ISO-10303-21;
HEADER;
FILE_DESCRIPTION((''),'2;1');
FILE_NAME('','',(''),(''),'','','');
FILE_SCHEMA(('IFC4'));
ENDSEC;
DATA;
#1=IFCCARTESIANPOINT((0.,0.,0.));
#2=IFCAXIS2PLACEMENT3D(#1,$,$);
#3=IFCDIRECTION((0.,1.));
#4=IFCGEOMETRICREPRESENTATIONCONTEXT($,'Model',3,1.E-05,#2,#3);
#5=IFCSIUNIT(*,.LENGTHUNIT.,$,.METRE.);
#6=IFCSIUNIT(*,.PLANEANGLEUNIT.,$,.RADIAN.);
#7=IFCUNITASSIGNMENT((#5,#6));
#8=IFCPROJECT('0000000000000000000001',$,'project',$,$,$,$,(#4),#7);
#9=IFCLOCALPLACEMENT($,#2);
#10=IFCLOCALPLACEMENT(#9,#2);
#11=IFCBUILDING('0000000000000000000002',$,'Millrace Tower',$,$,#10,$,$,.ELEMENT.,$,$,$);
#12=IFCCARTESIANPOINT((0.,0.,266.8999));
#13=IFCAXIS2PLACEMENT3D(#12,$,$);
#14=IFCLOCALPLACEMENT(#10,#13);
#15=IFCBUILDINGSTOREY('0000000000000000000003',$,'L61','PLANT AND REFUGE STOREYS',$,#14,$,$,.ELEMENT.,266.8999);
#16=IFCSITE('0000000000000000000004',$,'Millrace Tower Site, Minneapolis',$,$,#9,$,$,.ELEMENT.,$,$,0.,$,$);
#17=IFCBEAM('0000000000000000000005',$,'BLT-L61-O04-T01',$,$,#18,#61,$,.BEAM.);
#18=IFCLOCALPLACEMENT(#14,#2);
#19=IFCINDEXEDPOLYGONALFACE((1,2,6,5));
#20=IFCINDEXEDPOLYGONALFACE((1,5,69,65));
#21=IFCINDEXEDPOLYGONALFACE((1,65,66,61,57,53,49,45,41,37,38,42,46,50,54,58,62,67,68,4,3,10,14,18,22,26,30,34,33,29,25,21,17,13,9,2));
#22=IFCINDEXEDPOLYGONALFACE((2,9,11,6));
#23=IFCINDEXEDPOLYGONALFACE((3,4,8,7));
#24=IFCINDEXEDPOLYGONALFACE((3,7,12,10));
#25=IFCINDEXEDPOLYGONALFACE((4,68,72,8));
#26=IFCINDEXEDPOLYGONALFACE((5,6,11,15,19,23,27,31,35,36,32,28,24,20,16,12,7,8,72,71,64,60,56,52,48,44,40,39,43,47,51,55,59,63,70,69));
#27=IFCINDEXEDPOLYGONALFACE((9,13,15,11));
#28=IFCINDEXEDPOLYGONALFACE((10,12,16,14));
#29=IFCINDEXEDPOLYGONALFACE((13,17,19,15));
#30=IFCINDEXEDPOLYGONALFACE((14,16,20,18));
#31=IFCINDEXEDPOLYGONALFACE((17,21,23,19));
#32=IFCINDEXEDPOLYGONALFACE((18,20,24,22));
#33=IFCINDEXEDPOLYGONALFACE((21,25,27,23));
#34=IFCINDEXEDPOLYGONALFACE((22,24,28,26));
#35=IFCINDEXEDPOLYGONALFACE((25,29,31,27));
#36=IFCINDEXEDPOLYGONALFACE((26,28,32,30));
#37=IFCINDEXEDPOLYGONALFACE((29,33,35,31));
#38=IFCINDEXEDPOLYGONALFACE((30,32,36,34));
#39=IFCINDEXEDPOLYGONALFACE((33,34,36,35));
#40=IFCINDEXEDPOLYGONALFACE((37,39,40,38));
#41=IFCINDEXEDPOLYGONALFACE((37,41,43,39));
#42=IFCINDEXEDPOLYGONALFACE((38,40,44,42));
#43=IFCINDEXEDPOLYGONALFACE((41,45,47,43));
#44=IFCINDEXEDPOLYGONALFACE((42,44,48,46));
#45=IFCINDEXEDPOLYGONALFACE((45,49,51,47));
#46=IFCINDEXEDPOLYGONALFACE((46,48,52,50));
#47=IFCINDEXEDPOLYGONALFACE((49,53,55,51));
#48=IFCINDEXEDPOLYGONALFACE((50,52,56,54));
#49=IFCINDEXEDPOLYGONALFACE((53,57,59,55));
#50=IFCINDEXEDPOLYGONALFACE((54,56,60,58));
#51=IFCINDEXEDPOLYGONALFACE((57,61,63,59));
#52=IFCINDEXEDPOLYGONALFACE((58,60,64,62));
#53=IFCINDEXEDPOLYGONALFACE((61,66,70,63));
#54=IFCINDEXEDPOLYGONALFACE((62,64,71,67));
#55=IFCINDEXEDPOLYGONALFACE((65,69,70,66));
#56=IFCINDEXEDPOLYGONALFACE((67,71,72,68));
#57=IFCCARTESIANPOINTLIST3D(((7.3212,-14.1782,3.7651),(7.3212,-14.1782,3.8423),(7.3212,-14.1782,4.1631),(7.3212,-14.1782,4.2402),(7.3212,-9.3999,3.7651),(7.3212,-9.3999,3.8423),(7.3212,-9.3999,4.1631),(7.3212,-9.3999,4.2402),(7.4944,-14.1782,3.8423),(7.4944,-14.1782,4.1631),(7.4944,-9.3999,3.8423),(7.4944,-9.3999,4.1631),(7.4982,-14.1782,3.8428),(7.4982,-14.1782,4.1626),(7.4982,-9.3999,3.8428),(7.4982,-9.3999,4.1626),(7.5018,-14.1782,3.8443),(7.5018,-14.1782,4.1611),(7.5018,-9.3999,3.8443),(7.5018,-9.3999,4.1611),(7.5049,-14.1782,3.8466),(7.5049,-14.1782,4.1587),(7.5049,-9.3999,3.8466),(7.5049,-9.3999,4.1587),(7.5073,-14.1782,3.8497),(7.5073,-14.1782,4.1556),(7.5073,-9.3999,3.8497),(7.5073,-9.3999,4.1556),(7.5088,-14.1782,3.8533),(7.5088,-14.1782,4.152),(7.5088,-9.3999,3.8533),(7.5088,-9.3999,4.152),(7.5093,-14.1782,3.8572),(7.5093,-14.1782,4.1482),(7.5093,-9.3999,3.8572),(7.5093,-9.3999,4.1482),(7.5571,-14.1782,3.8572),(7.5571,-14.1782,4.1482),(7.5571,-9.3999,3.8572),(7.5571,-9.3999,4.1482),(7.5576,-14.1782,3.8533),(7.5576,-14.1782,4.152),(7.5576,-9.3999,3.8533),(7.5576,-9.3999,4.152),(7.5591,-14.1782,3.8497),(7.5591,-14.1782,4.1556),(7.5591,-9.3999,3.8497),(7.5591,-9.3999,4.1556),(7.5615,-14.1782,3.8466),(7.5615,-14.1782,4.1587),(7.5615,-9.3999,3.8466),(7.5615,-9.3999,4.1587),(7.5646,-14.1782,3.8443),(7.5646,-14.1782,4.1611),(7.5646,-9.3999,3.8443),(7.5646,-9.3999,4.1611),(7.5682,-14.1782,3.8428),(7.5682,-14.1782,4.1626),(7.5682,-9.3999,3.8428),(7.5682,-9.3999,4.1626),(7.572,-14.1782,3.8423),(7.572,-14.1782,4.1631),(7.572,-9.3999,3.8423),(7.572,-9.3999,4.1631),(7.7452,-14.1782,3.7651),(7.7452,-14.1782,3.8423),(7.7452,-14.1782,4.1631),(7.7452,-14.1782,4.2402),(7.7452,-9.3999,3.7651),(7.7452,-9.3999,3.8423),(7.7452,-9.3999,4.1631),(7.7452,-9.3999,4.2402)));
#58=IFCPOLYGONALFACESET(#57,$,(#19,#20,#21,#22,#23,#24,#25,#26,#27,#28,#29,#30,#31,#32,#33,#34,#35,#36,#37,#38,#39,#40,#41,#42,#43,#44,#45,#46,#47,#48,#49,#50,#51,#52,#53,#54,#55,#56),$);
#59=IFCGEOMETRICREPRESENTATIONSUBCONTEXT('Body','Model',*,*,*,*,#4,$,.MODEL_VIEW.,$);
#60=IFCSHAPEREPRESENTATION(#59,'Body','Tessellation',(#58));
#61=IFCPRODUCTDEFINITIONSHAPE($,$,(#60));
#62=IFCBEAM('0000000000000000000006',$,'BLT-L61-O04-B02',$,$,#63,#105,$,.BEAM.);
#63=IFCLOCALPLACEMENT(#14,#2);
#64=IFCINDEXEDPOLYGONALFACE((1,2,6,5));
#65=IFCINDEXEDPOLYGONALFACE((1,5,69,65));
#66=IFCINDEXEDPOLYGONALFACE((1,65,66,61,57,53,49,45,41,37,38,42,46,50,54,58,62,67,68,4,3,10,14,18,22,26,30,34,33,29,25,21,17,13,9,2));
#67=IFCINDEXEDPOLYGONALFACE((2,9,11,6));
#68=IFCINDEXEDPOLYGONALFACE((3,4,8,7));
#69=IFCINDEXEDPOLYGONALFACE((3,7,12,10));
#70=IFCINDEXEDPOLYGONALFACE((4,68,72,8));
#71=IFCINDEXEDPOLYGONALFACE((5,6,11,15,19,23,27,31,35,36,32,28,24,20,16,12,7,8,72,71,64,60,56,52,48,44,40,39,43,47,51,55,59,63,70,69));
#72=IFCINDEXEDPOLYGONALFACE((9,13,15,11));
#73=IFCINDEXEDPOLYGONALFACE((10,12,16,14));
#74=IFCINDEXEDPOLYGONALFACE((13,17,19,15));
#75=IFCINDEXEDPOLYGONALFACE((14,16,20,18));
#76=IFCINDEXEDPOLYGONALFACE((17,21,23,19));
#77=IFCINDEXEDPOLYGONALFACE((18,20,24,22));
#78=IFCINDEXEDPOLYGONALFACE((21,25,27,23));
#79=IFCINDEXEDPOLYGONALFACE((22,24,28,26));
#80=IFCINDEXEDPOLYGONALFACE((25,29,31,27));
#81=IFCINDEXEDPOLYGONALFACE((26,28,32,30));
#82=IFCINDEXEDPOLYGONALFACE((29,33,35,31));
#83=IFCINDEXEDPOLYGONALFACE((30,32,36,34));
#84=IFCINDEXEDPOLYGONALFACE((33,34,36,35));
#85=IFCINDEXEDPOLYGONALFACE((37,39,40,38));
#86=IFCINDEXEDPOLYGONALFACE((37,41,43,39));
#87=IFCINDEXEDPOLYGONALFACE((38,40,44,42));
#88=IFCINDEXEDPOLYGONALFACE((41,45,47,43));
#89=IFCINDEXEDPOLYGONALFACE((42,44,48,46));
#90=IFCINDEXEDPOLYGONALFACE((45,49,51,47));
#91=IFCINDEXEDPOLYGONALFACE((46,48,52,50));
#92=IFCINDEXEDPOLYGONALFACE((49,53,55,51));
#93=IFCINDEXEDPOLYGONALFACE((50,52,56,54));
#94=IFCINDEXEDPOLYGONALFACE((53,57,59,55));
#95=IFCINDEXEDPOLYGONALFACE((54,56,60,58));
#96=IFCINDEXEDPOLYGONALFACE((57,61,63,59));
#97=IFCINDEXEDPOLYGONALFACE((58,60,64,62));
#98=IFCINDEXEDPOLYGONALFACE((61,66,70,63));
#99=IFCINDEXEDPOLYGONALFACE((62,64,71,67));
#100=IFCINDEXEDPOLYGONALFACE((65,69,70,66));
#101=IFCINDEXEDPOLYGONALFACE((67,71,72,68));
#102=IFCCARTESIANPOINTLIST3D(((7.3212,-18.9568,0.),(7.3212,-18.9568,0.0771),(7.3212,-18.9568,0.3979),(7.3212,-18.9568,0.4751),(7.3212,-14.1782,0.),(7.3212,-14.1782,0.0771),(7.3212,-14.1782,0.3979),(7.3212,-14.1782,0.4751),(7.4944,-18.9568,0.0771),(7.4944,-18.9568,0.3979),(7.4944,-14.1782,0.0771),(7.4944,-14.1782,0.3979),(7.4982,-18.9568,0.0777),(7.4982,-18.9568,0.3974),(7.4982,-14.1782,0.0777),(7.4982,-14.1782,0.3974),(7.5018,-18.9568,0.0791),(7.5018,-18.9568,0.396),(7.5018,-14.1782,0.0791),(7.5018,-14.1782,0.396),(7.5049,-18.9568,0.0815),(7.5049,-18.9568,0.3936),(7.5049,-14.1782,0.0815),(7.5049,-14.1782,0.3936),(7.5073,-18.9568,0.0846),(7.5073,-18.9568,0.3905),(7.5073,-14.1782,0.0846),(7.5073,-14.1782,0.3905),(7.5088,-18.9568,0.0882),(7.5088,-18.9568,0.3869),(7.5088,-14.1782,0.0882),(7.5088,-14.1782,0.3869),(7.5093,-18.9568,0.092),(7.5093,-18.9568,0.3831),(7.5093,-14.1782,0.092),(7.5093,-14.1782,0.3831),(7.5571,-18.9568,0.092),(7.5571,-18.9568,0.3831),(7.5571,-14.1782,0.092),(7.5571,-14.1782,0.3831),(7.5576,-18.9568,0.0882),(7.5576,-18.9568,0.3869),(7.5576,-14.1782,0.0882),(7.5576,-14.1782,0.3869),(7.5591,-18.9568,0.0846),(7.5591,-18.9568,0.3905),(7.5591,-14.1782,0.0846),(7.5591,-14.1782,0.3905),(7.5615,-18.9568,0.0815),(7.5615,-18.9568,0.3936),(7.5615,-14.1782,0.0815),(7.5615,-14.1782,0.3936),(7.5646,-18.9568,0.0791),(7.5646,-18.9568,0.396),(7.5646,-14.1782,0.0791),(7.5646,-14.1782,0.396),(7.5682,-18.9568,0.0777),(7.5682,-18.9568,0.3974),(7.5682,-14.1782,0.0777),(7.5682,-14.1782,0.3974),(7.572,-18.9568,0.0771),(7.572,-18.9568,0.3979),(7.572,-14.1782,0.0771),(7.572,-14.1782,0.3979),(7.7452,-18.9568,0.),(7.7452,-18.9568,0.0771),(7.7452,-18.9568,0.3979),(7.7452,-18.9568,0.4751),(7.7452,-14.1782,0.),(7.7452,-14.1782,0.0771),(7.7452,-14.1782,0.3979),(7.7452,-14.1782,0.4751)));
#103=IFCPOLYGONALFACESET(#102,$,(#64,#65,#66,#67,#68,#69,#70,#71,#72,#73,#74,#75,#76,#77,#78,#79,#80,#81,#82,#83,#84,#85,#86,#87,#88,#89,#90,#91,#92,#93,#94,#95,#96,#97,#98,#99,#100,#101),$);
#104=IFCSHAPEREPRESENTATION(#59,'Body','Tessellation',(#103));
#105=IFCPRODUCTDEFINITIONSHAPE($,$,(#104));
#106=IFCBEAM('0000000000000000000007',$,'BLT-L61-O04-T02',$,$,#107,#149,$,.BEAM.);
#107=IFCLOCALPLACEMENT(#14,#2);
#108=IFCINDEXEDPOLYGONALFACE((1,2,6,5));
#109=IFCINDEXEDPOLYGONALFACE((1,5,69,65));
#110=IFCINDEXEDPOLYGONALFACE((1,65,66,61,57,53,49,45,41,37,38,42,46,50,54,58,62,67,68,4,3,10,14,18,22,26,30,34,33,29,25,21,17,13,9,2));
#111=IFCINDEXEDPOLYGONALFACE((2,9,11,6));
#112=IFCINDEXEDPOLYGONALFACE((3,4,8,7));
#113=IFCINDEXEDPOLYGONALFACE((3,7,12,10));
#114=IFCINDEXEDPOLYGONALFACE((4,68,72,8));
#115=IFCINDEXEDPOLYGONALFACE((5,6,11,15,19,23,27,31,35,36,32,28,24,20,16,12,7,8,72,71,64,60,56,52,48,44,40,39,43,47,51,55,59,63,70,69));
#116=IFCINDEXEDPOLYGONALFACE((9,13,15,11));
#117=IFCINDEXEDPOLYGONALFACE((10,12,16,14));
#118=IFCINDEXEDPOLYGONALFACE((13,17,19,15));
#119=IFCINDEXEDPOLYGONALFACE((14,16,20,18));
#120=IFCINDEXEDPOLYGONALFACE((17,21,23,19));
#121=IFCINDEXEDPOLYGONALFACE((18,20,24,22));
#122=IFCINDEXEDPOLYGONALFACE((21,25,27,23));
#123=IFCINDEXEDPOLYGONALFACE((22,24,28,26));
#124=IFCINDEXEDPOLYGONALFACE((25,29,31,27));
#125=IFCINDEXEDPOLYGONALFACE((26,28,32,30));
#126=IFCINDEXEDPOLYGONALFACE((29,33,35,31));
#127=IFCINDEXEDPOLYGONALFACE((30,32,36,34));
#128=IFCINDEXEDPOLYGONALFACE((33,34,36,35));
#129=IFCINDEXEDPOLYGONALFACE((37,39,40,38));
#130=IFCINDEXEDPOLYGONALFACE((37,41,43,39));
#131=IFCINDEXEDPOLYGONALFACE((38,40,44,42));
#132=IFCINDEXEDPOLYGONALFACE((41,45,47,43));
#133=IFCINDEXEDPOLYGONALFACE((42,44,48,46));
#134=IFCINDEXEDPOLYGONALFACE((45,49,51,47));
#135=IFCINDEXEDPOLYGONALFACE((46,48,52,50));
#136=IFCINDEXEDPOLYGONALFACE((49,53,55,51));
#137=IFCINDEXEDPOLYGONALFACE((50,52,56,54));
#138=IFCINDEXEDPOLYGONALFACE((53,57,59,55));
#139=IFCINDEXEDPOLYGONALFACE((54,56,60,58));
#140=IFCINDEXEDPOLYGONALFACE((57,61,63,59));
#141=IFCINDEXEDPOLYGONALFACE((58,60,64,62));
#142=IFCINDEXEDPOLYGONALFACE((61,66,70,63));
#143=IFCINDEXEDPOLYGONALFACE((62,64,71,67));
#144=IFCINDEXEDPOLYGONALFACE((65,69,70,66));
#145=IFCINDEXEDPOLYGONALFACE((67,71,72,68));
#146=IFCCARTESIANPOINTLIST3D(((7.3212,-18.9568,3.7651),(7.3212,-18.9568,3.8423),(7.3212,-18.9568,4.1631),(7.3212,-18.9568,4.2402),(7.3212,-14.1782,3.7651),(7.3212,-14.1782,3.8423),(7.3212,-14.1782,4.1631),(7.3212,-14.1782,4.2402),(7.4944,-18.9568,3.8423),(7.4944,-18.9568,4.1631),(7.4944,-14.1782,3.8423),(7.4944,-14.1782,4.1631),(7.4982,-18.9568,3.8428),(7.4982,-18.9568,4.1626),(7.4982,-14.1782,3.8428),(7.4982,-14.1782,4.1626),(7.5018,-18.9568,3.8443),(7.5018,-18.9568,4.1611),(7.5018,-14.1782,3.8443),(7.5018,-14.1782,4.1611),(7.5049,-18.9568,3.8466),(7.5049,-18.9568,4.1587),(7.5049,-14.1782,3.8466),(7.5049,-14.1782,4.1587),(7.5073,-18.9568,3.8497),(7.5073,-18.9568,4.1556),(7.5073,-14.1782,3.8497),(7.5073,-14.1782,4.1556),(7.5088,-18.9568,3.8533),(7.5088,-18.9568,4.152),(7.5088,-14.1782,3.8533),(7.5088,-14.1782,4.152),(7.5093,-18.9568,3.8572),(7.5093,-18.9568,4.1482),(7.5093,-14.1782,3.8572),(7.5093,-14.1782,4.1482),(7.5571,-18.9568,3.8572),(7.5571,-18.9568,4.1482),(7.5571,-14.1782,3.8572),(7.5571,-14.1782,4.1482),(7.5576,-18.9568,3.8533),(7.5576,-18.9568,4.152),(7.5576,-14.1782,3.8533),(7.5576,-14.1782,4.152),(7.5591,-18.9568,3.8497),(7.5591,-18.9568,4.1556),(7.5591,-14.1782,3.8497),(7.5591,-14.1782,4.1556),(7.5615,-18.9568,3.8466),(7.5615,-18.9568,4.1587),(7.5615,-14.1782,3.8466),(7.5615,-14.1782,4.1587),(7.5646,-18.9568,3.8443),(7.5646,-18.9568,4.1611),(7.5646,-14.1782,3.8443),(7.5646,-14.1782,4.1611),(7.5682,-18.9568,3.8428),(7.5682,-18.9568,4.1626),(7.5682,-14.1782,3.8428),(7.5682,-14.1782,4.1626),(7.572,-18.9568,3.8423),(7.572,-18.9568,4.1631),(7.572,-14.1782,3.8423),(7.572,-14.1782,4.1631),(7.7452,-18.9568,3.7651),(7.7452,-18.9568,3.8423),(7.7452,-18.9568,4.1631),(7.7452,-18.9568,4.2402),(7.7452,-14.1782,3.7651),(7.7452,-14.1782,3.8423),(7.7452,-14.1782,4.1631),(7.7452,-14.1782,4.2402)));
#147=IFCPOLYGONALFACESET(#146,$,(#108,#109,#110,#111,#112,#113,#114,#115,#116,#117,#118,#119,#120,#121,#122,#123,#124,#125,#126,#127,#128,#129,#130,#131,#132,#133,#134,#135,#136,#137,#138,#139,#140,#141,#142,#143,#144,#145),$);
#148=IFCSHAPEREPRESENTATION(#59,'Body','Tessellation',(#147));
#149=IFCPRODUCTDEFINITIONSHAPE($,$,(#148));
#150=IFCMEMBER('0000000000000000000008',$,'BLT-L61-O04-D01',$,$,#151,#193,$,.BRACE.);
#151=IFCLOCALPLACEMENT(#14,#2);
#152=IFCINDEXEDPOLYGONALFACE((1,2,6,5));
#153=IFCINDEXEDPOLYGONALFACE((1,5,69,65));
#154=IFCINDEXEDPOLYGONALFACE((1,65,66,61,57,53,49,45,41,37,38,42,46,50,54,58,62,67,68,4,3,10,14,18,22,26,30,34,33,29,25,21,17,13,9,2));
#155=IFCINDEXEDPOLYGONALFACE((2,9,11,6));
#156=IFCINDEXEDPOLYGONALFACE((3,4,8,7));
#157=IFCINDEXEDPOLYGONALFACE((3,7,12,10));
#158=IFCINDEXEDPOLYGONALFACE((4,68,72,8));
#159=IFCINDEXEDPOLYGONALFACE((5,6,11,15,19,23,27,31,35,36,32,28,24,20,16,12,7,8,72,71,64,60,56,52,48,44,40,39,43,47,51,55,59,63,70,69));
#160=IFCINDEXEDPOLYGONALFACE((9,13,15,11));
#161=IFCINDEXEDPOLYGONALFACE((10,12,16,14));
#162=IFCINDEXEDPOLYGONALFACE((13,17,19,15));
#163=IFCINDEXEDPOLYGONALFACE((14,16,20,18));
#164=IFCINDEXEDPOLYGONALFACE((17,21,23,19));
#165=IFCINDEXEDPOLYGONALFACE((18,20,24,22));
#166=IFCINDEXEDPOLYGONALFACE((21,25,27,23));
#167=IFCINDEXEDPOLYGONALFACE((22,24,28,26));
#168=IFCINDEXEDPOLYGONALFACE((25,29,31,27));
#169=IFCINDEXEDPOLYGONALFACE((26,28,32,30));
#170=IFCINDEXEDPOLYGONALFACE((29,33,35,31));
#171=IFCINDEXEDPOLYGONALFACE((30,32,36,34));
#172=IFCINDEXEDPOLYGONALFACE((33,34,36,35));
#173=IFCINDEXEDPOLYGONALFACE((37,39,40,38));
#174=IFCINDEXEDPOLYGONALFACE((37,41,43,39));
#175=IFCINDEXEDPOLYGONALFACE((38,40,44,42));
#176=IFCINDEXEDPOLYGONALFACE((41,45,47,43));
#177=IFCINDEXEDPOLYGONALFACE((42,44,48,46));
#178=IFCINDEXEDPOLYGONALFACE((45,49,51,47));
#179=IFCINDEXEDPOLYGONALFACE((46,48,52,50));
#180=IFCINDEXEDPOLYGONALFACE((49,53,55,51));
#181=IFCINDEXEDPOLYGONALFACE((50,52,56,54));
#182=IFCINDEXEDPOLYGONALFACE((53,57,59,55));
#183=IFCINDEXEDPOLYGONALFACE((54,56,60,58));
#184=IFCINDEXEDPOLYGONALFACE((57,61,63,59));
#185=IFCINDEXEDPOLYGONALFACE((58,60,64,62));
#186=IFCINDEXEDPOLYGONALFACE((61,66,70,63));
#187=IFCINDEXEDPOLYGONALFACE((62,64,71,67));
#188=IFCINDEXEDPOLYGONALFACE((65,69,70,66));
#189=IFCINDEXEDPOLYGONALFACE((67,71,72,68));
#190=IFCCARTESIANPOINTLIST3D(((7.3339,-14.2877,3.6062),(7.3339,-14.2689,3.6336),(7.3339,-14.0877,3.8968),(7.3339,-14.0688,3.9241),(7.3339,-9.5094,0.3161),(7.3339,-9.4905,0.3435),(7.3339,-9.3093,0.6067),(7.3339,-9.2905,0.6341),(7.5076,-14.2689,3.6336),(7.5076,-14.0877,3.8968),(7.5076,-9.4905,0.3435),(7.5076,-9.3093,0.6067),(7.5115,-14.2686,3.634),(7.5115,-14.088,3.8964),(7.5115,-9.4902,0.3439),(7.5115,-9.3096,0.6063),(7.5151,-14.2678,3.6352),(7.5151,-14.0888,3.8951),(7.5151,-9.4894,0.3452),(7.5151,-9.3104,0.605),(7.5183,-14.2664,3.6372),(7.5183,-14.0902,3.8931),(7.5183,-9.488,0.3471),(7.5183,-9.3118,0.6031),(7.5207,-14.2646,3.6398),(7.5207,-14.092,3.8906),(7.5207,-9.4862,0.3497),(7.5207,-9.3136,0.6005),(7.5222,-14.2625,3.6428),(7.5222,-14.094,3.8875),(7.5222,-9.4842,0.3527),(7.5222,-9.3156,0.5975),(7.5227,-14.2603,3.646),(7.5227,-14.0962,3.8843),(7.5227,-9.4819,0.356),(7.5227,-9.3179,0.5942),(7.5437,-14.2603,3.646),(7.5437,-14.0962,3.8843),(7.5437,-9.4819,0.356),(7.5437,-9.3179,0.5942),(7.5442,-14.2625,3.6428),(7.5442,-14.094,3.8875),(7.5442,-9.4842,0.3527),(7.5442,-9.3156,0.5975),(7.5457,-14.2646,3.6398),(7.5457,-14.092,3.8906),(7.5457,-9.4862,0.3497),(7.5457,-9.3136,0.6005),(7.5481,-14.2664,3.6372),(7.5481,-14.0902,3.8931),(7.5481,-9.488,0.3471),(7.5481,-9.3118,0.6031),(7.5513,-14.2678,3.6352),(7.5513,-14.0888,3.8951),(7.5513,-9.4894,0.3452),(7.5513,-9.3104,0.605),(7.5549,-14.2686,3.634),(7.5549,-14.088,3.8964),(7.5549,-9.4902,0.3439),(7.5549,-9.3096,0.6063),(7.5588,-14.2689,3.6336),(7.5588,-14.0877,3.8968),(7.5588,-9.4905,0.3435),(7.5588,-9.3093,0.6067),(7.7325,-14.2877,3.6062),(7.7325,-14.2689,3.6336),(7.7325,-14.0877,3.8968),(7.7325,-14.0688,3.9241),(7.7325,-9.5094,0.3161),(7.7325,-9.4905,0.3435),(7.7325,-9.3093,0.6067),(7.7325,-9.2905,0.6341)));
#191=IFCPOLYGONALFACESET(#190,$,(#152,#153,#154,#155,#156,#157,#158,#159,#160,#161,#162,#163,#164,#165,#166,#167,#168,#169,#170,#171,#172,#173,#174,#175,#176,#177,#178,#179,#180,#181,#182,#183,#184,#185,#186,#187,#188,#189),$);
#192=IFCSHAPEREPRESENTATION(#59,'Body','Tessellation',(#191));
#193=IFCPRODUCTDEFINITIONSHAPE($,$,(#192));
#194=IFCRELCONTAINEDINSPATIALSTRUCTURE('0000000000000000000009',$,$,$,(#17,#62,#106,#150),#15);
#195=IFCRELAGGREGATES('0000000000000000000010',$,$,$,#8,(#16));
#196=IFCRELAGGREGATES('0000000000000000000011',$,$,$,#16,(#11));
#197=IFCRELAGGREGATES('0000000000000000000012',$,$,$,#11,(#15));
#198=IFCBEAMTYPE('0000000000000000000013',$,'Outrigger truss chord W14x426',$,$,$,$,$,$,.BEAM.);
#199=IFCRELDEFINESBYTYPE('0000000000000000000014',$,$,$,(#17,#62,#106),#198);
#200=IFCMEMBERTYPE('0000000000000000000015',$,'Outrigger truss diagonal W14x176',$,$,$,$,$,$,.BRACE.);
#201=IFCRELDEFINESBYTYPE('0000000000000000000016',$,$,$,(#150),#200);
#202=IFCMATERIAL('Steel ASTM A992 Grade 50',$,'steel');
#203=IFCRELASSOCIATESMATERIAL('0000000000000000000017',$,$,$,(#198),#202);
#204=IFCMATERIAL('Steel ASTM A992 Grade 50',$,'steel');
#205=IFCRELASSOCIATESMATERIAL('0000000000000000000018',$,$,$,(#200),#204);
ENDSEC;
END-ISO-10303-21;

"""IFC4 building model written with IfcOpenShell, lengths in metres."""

from ifc_helpers import new_model, si_unit, direction, frame, origin, origin_2d, place, context, subcontext, project, spatial, i_section, extrude, material, material_profile, profile_set, type_object, element, save


model = new_model("IFC4")

# Units and contexts
model_context = context("Model", 3, precision=1e-05, world=origin(), true_north=direction((0.0, 1.0)))
body_context = subcontext(model_context, "Body", "Model", "MODEL_VIEW")
ifc_project = project(units=[si_unit("LENGTHUNIT", "METRE"), si_unit("PLANEANGLEUNIT", "RADIAN")], contexts=[model_context])

# Site, building, storey
site_placement = place(None, origin())
site = spatial("IfcSite", under=ifc_project, at=site_placement, Name="Millrace Tower Site, Minneapolis", CompositionType="ELEMENT", RefElevation=0.0)
building_placement = place(site_placement, origin())
building = spatial("IfcBuilding", under=site, at=building_placement, Name="Millrace Tower", CompositionType="ELEMENT")
storey_placement = place(building_placement, frame((0.0, 0.0, 266.8999)))
storey = spatial("IfcBuildingStorey", under=building, at=storey_placement, Name="L61", Description="PLANT AND REFUGE STOREYS", CompositionType="ELEMENT", Elevation=266.8999)

# Beams
ifc_material_1 = material(Name="Steel ASTM A992 Grade 50", Category="steel")
ifc_material_profile_1 = material_profile(ifc_material_1, i_section(OverallWidth=0.4241, OverallDepth=0.4751, WebThickness=0.0479, FlangeThickness=0.0771, FilletRadius=0.0149, at=origin_2d()))
ifc_profile_set_1 = profile_set([ifc_material_profile_1], Name="Steel ASTM A992 Grade 50")
beam_type_1 = type_object("IfcBeamType", Name="Outrigger truss chord W14x426", PredefinedType="BEAM", material=ifc_profile_set_1)
for number, where, z_axis, x_axis, name in (
    (1, (7.5332, -9.3999, 4.0027), (0.0, -1.0, 0.0), (1.0, 0.0, 0.0), "BLT-L61-O04-T01"),
):
    element("IfcBeam", number, at=place(storey_placement, frame(where, z_axis=z_axis, x_axis=x_axis)), inside=storey, type_object=beam_type_1, Name=name, PredefinedType="BEAM", context=body_context, shape_type="SweptSolid", body=[
        extrude(i_section(OverallWidth=0.4241, OverallDepth=0.4751, WebThickness=0.0479, FlangeThickness=0.0771, FilletRadius=0.0149, at=origin_2d()), origin(), (0.0, 0.0, 1.0), 4.7783),
    ])
for number, where, z_axis, x_axis, name in (
    (2, (7.5332, -14.1782, 0.2375), (0.0, -1.0, 0.0), (1.0, 0.0, 0.0), "BLT-L61-O04-B02"),
    (3, (7.5332, -14.1782, 4.0027), (0.0, -1.0, 0.0), (1.0, 0.0, 0.0), "BLT-L61-O04-T02"),
):
    element("IfcBeam", number, at=place(storey_placement, frame(where, z_axis=z_axis, x_axis=x_axis)), inside=storey, type_object=beam_type_1, Name=name, PredefinedType="BEAM", context=body_context, shape_type="SweptSolid", body=[
        extrude(i_section(OverallWidth=0.4241, OverallDepth=0.4751, WebThickness=0.0479, FlangeThickness=0.0771, FilletRadius=0.0149, at=origin_2d()), origin(), (0.0, 0.0, 1.0), 4.7786),
    ])

# Member
ifc_material_2 = material(Name="Steel ASTM A992 Grade 50", Category="steel")
ifc_material_profile_2 = material_profile(ifc_material_2, i_section(OverallWidth=0.3987, OverallDepth=0.386, WebThickness=0.021, FlangeThickness=0.0332, FilletRadius=0.0151, at=origin_2d()))
ifc_profile_set_2 = profile_set([ifc_material_profile_2], Name="Steel ASTM A992 Grade 50")
member_type_1 = type_object("IfcMemberType", Name="Outrigger truss diagonal W14x176", PredefinedType="BRACE", material=ifc_profile_set_2)
member_placement = place(storey_placement, frame((7.5332, -9.3999, 0.4751), z_axis=(0.0, -0.823644, 0.567107), x_axis=(1.0, 0.0, 0.0)))
element("IfcMember", 4, at=member_placement, inside=storey, type_object=member_type_1, Name="BLT-L61-O04-D01", PredefinedType="BRACE", context=body_context, shape_type="SweptSolid", body=[
    extrude(i_section(OverallWidth=0.3987, OverallDepth=0.386, WebThickness=0.021, FlangeThickness=0.0332, FilletRadius=0.0151, at=origin_2d()), origin(), (0.0, 0.0, 1.0), 5.8015),
])

save(model, "model.ifc")
